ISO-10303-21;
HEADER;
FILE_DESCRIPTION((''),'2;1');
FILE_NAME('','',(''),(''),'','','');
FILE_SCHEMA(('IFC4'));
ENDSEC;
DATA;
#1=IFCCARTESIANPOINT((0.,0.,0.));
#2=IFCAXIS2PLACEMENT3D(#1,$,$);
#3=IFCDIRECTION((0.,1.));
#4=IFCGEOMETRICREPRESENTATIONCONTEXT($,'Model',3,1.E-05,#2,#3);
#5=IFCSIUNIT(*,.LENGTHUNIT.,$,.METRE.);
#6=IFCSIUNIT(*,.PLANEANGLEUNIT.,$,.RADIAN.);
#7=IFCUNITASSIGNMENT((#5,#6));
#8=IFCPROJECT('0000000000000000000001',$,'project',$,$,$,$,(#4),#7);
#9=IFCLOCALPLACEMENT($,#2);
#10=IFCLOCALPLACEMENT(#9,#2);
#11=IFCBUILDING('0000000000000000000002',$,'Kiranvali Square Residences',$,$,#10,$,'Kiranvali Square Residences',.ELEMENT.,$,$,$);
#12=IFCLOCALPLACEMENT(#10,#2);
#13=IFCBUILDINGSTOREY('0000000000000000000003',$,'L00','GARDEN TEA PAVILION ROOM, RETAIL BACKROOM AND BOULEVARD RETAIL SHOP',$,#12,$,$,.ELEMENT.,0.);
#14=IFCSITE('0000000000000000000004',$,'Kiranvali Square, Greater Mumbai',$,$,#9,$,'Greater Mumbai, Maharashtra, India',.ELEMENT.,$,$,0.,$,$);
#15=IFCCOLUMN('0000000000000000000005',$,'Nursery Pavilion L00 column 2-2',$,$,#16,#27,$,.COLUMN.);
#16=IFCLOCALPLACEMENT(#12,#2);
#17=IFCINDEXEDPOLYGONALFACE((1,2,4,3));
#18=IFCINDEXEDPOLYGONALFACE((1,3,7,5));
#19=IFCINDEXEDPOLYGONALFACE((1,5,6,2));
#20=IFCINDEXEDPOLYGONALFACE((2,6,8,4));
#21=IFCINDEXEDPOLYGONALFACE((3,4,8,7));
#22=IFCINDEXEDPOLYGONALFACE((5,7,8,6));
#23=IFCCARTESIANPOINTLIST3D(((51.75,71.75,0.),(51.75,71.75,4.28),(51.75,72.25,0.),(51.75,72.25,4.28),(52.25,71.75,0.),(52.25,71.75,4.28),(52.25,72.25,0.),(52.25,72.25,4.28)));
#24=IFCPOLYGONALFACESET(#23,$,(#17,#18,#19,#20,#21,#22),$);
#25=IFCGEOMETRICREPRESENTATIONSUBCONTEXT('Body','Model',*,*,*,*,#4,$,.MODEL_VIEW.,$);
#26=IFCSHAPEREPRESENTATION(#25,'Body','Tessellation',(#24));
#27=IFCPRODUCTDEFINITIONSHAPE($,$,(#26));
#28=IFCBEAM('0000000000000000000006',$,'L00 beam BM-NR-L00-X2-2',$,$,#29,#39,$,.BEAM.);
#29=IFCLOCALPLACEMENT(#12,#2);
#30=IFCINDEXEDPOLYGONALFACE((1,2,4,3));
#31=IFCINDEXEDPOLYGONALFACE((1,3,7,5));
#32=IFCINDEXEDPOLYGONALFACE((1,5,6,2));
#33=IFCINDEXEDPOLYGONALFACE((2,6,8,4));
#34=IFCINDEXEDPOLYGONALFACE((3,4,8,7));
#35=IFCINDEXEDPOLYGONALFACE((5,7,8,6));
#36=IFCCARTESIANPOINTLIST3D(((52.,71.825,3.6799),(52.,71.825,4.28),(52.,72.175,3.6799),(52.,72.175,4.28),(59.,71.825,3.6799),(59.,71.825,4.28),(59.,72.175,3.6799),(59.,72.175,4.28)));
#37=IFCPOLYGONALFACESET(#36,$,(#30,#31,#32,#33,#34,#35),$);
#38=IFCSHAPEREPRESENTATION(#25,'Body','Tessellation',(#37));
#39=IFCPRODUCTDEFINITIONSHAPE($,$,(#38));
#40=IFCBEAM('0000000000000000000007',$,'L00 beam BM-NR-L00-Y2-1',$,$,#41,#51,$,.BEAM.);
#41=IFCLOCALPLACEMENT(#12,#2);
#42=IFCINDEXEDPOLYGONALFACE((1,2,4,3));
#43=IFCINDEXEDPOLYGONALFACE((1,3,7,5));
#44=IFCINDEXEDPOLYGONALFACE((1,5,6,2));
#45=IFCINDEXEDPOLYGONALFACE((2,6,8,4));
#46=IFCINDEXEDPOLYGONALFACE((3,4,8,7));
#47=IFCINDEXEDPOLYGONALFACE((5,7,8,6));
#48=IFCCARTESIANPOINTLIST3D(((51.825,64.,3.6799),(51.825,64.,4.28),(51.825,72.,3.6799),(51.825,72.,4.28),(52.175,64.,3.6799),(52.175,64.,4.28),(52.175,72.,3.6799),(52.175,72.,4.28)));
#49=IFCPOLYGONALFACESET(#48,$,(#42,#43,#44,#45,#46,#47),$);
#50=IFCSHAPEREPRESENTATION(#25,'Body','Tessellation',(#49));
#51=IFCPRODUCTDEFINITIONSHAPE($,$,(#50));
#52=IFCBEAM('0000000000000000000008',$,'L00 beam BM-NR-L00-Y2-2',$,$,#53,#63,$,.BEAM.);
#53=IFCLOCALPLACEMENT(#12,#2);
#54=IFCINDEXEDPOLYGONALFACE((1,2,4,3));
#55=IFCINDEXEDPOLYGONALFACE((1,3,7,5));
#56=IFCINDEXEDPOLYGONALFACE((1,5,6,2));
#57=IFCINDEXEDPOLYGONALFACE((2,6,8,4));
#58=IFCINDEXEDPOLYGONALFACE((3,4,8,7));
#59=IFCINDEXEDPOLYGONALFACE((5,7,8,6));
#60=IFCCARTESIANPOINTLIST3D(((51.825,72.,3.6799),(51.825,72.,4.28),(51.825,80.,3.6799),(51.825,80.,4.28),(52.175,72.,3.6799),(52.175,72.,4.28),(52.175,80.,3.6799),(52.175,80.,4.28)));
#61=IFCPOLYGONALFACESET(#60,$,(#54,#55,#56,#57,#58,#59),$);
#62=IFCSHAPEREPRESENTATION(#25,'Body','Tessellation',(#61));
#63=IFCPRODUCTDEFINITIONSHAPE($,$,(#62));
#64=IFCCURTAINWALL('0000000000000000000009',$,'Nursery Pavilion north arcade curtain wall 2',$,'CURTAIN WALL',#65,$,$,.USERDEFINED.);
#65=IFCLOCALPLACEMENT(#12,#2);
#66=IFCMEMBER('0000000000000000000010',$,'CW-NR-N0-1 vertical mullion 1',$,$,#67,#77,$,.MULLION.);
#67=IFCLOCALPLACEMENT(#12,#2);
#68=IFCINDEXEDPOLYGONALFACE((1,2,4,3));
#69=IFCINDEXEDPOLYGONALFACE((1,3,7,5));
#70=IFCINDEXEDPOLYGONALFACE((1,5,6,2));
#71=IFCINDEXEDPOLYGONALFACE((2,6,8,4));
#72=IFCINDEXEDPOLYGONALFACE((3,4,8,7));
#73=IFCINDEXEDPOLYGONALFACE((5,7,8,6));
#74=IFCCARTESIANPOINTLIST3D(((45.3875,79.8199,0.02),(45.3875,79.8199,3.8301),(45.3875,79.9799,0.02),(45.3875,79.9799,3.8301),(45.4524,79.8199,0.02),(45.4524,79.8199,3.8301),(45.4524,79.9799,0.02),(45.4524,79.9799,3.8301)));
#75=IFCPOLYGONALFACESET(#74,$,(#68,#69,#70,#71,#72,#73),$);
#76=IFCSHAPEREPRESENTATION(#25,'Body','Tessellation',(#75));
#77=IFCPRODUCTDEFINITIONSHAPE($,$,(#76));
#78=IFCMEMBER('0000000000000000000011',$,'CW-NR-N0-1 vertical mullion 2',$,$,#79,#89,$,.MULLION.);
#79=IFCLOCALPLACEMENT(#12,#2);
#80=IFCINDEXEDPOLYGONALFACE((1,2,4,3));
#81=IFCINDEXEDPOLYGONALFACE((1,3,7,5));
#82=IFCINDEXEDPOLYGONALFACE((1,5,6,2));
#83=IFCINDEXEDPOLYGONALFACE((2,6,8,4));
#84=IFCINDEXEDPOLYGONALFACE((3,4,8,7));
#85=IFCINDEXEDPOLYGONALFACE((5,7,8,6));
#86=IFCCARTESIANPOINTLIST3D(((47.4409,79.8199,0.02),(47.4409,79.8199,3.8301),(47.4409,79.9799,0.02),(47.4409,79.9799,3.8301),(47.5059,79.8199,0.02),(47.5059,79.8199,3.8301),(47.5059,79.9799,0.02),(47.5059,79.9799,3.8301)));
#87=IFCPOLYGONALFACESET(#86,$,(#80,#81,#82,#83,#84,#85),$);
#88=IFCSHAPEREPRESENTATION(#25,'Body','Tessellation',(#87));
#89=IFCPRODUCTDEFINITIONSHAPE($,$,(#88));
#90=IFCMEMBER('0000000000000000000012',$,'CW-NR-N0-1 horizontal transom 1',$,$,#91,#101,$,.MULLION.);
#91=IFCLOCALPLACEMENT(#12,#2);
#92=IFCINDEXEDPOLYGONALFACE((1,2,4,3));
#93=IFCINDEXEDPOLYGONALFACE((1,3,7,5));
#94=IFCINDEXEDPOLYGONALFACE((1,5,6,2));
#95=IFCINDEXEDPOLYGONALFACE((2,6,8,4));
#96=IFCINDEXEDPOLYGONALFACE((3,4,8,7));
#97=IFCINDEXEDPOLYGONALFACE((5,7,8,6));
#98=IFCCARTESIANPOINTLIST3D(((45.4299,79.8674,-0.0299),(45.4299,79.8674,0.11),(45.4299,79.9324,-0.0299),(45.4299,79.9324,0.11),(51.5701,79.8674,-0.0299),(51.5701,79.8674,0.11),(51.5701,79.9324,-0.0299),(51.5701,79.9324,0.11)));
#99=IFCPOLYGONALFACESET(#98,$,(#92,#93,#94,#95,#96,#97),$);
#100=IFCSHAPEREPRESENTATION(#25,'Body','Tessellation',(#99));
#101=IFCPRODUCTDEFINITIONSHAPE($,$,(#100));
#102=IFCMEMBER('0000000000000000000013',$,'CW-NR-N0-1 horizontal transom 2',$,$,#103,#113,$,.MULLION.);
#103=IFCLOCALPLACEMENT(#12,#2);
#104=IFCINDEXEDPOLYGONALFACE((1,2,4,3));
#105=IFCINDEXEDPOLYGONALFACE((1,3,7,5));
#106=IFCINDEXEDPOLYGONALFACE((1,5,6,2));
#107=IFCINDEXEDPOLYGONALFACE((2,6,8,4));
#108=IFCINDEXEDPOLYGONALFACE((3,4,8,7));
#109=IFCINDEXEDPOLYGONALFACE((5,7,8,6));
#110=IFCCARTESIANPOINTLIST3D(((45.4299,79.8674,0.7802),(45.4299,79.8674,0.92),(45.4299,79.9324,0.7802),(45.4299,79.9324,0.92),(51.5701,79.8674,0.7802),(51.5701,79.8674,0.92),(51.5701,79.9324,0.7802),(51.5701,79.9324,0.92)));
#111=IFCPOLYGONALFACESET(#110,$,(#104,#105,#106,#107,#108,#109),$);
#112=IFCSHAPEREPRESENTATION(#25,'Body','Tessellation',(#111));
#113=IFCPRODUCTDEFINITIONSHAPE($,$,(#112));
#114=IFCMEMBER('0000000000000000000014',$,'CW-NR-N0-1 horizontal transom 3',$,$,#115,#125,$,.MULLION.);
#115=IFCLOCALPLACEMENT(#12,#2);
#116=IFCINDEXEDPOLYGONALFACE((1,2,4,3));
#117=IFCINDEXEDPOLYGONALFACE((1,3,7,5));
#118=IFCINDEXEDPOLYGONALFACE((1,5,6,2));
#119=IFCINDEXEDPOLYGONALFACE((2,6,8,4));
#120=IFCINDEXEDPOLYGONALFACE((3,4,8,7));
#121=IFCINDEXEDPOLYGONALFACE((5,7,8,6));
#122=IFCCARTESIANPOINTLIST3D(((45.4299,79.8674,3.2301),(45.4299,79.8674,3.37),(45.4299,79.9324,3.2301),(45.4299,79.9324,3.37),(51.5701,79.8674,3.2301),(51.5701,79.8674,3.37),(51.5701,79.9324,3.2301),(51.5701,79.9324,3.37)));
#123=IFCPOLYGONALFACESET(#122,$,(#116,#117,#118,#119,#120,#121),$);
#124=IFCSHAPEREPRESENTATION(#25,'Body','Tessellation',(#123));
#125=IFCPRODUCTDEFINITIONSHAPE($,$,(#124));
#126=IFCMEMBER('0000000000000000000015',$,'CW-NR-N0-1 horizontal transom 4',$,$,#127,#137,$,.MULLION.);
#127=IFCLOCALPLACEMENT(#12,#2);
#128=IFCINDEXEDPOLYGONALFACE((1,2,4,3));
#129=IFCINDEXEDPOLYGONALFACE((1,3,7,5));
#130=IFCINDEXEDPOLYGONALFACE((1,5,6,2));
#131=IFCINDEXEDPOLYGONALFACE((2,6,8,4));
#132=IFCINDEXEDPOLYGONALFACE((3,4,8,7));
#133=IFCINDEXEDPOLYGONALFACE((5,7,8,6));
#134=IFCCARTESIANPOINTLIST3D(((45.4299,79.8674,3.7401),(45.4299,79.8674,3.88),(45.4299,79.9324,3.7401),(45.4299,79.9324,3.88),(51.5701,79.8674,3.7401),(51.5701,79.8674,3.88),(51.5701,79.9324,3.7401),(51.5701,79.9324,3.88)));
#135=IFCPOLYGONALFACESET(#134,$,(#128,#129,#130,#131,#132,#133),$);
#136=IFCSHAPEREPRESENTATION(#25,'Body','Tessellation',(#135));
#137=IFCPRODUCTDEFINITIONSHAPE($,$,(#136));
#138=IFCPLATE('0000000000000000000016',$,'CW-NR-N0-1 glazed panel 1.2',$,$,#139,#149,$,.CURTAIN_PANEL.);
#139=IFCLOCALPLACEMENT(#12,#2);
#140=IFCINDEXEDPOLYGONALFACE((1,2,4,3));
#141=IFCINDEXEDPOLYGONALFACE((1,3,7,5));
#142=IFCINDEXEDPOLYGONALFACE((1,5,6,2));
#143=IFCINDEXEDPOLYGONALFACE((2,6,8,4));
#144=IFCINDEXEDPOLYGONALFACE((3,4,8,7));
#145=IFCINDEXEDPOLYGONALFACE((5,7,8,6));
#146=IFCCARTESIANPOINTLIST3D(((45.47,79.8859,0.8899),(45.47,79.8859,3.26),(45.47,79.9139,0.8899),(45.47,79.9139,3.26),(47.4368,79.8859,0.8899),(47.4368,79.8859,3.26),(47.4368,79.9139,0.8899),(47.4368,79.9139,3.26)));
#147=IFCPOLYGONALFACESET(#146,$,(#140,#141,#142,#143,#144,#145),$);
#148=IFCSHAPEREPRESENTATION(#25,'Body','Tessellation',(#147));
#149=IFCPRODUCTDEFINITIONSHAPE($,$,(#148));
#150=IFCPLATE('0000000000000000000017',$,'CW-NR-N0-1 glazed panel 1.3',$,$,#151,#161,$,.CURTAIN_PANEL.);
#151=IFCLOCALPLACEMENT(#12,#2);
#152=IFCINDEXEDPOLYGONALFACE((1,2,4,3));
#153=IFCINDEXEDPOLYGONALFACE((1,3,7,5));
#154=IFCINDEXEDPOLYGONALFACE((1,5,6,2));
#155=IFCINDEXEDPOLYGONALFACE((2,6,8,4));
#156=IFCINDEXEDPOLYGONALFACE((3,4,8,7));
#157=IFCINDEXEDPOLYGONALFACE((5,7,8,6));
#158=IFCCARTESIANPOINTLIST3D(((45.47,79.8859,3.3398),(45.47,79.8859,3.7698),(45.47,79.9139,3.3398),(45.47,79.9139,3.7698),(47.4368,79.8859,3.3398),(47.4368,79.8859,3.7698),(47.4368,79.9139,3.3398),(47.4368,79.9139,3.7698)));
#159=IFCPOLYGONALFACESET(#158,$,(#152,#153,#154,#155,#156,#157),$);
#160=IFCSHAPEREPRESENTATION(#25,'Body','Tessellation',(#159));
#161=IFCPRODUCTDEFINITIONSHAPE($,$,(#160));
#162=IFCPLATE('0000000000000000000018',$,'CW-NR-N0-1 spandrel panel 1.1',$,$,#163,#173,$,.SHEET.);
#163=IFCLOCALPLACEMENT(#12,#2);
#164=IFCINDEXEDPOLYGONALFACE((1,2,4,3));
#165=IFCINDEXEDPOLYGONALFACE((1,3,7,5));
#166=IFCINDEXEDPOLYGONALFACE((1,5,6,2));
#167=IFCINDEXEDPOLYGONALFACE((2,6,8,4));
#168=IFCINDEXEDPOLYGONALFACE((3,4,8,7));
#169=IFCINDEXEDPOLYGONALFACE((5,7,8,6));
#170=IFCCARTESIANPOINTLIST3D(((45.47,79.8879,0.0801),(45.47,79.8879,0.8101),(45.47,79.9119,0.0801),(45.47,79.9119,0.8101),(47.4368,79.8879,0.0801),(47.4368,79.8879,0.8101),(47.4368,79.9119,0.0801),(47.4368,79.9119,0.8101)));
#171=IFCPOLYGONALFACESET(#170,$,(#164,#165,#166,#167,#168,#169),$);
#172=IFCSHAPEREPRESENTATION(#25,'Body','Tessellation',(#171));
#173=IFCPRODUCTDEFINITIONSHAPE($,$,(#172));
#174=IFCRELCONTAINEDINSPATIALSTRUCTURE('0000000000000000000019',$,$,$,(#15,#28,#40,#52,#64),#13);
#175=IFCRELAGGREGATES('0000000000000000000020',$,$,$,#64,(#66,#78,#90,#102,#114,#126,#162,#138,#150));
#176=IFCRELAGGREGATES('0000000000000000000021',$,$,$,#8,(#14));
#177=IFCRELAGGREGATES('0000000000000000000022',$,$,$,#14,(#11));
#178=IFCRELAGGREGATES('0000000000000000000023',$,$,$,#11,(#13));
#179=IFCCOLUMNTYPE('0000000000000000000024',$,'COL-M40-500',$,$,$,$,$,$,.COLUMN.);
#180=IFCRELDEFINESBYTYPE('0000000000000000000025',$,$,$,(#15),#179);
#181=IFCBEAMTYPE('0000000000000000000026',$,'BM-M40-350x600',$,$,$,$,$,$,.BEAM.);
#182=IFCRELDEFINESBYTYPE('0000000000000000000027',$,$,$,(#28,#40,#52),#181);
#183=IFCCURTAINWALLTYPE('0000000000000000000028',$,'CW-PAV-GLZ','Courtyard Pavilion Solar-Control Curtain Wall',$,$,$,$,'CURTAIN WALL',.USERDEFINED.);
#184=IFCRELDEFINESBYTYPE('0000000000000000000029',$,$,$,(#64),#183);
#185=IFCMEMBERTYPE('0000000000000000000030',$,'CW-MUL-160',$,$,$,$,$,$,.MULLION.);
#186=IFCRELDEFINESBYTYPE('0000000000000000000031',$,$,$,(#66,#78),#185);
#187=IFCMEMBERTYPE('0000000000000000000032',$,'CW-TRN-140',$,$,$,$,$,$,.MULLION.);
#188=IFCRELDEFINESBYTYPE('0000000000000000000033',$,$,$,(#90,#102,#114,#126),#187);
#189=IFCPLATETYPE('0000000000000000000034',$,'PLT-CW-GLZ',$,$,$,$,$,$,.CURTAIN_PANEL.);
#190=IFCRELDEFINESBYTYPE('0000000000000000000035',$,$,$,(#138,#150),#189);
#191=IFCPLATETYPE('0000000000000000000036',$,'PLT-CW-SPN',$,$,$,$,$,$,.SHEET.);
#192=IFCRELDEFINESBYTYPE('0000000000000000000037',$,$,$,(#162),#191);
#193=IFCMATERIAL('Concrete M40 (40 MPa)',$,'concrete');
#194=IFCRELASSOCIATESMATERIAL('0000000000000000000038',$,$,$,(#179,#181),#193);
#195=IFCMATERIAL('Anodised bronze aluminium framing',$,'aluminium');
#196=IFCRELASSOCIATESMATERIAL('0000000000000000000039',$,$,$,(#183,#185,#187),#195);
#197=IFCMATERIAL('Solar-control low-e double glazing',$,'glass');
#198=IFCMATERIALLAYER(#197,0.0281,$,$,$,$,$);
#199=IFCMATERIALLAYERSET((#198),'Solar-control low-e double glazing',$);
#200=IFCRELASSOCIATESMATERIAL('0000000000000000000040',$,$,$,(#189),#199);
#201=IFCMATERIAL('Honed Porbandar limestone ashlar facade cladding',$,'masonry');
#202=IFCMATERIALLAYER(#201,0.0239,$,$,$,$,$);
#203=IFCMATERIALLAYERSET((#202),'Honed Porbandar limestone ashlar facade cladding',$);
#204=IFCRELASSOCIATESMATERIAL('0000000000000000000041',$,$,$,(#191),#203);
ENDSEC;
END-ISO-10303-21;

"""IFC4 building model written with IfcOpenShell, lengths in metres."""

from ifc_helpers import new_model, si_unit, direction, frame, origin, origin_2d, place, context, subcontext, project, spatial, rectangle, extrude, material, layer, layer_set, material_profile, profile_set, type_object, element, aggregate, save


model = new_model("IFC4")

# Units and contexts
model_context = context("Model", 3, precision=1e-05, world=origin(), true_north=direction((0.0, 1.0)))
body_context = subcontext(model_context, "Body", "Model", "MODEL_VIEW")
ifc_project = project(units=[si_unit("LENGTHUNIT", "METRE"), si_unit("PLANEANGLEUNIT", "RADIAN")], contexts=[model_context])

# Site, building, storey
site_placement = place(None, origin())
site = spatial("IfcSite", under=ifc_project, at=site_placement, Name="Kiranvali Square, Greater Mumbai", LongName="Greater Mumbai, Maharashtra, India", CompositionType="ELEMENT", RefElevation=0.0)
building_placement = place(site_placement, origin())
building = spatial("IfcBuilding", under=site, at=building_placement, Name="Kiranvali Square Residences", LongName="Kiranvali Square Residences", CompositionType="ELEMENT")
storey_placement = place(building_placement, origin())
storey = spatial("IfcBuildingStorey", under=building, at=storey_placement, Name="L00", Description="GARDEN TEA PAVILION ROOM, RETAIL BACKROOM AND BOULEVARD RETAIL SHOP", CompositionType="ELEMENT", Elevation=0.0)

# Column
ifc_material_1 = material(Name="Concrete M40 (40 MPa)", Category="concrete")
ifc_material_profile_1 = material_profile(ifc_material_1, rectangle(XDim=0.5, YDim=0.5, at=origin_2d()), Name="RC 500x500")
ifc_profile_set_1 = profile_set([ifc_material_profile_1], Name="Concrete M40 (40 MPa)")
column_type = type_object("IfcColumnType", Name="COL-M40-500", PredefinedType="COLUMN", material=ifc_profile_set_1)
column_placement = place(storey_placement, frame((52.0, 72.0, 0.0), z_axis=(0.0, 0.0, 1.0), x_axis=(1.0, 0.0, 0.0)))
element("IfcColumn", 1, at=column_placement, inside=storey, type_object=column_type, Name="Nursery Pavilion L00 column 2-2", PredefinedType="COLUMN", context=body_context, shape_type="SweptSolid", body=[
    extrude(rectangle(XDim=0.5, YDim=0.5, at=origin_2d()), origin(), (0.0, 0.0, 1.0), 4.28),
])

# Beams
ifc_material_profile_2 = material_profile(ifc_material_1, rectangle(XDim=0.3501, YDim=0.6001, at=origin_2d()), Name="RC 350x600")
ifc_profile_set_2 = profile_set([ifc_material_profile_2], Name="Concrete M40 (40 MPa)")
beam_type = type_object("IfcBeamType", Name="BM-M40-350x600", PredefinedType="BEAM", material=ifc_profile_set_2)
beam_placement = place(storey_placement, frame((52.0, 72.0, 3.98), z_axis=(1.0, 0.0, 0.0), x_axis=(0.0, 1.0, 0.0)))
element("IfcBeam", 2, at=beam_placement, inside=storey, type_object=beam_type, Name="L00 beam BM-NR-L00-X2-2", PredefinedType="BEAM", context=body_context, shape_type="SweptSolid", body=[
    extrude(rectangle(XDim=0.3501, YDim=0.6001, at=origin_2d()), origin(), (0.0, 0.0, 1.0), 7.0),
])
for number, where, z_axis, x_axis, name in (
    (3, (52.0, 64.0, 3.98), (0.0, 1.0, 0.0), (-1.0, 0.0, 0.0), "L00 beam BM-NR-L00-Y2-1"),
    (4, (52.0, 72.0, 3.98), (0.0, 1.0, 0.0), (-1.0, 0.0, 0.0), "L00 beam BM-NR-L00-Y2-2"),
):
    element("IfcBeam", number, at=place(storey_placement, frame(where, z_axis=z_axis, x_axis=x_axis)), inside=storey, type_object=beam_type, Name=name, PredefinedType="BEAM", context=body_context, shape_type="SweptSolid", body=[
        extrude(rectangle(XDim=0.3501, YDim=0.6001, at=origin_2d()), origin(), (0.0, 0.0, 1.0), 8.0),
    ])

# Curtain wall, members, plates
ifc_material_2 = material(Name="Anodised bronze aluminium framing", Category="aluminium")
curtain_wall_type = type_object("IfcCurtainWallType", Name="CW-PAV-GLZ", Description="Courtyard Pavilion Solar-Control Curtain Wall", ElementType="CURTAIN WALL", PredefinedType="USERDEFINED", material=ifc_material_2)
curtain_wall_placement = place(storey_placement, origin())
curtain_wall = element("IfcCurtainWall", 5, at=curtain_wall_placement, inside=storey, type_object=curtain_wall_type, Name="Nursery Pavilion north arcade curtain wall 2", ObjectType="CURTAIN WALL", PredefinedType="USERDEFINED")
ifc_material_profile_3 = material_profile(ifc_material_2, rectangle(XDim=0.0649, YDim=0.1599, at=origin_2d()), Name="ALU 65x160")
ifc_profile_set_3 = profile_set([ifc_material_profile_3], Name="Anodised bronze aluminium framing")
member_type_1 = type_object("IfcMemberType", Name="CW-MUL-160", PredefinedType="MULLION", material=ifc_profile_set_3)
member_1_placement = place(storey_placement, frame((45.4199, 79.8999, 0.02), z_axis=(0.0, 0.0, 1.0), x_axis=(1.0, 0.0, 0.0)))
member_1 = element("IfcMember", 6, at=member_1_placement, type_object=member_type_1, Name="CW-NR-N0-1 vertical mullion 1", PredefinedType="MULLION", context=body_context, shape_type="SweptSolid", body=[
    extrude(rectangle(XDim=0.0649, YDim=0.1599, at=origin_2d()), origin(), (0.0, 0.0, 1.0), 3.8101),
])
member_2_placement = place(storey_placement, frame((47.4734, 79.8999, 0.02), z_axis=(0.0, 0.0, 1.0), x_axis=(1.0, 0.0, 0.0)))
member_2 = element("IfcMember", 7, at=member_2_placement, type_object=member_type_1, Name="CW-NR-N0-1 vertical mullion 2", PredefinedType="MULLION", context=body_context, shape_type="SweptSolid", body=[
    extrude(rectangle(XDim=0.0649, YDim=0.1599, at=origin_2d()), origin(), (0.0, 0.0, 1.0), 3.8101),
])
ifc_material_profile_4 = material_profile(ifc_material_2, rectangle(XDim=0.0649, YDim=0.1399, at=origin_2d()), Name="ALU 65x140")
ifc_profile_set_4 = profile_set([ifc_material_profile_4], Name="Anodised bronze aluminium framing")
member_type_2 = type_object("IfcMemberType", Name="CW-TRN-140", PredefinedType="MULLION", material=ifc_profile_set_4)
member_3_placement = place(storey_placement, frame((45.4299, 79.8999, 0.04), z_axis=(1.0, 0.0, 0.0), x_axis=(0.0, 1.0, 0.0)))
member_3 = element("IfcMember", 8, at=member_3_placement, type_object=member_type_2, Name="CW-NR-N0-1 horizontal transom 1", PredefinedType="MULLION", context=body_context, shape_type="SweptSolid", body=[
    extrude(rectangle(XDim=0.0649, YDim=0.1399, at=origin_2d()), origin(), (0.0, 0.0, 1.0), 6.1401),
])
member_4_placement = place(storey_placement, frame((45.4299, 79.8999, 0.8501), z_axis=(1.0, 0.0, 0.0), x_axis=(0.0, 1.0, 0.0)))
member_4 = element("IfcMember", 9, at=member_4_placement, type_object=member_type_2, Name="CW-NR-N0-1 horizontal transom 2", PredefinedType="MULLION", context=body_context, shape_type="SweptSolid", body=[
    extrude(rectangle(XDim=0.0649, YDim=0.1399, at=origin_2d()), origin(), (0.0, 0.0, 1.0), 6.1401),
])
member_5_placement = place(storey_placement, frame((45.4299, 79.8999, 3.3), z_axis=(1.0, 0.0, 0.0), x_axis=(0.0, 1.0, 0.0)))
member_5 = element("IfcMember", 10, at=member_5_placement, type_object=member_type_2, Name="CW-NR-N0-1 horizontal transom 3", PredefinedType="MULLION", context=body_context, shape_type="SweptSolid", body=[
    extrude(rectangle(XDim=0.0649, YDim=0.1399, at=origin_2d()), origin(), (0.0, 0.0, 1.0), 6.1401),
])
member_6_placement = place(storey_placement, frame((45.4299, 79.8999, 3.8101), z_axis=(1.0, 0.0, 0.0), x_axis=(0.0, 1.0, 0.0)))
member_6 = element("IfcMember", 11, at=member_6_placement, type_object=member_type_2, Name="CW-NR-N0-1 horizontal transom 4", PredefinedType="MULLION", context=body_context, shape_type="SweptSolid", body=[
    extrude(rectangle(XDim=0.0649, YDim=0.1399, at=origin_2d()), origin(), (0.0, 0.0, 1.0), 6.1401),
])
ifc_material_3 = material(Name="Solar-control low-e double glazing", Category="glass")
ifc_layer_1 = layer(ifc_material_3, 0.0281)
ifc_layer_set_1 = layer_set([ifc_layer_1], Name="Solar-control low-e double glazing")
plate_type_1 = type_object("IfcPlateType", Name="PLT-CW-GLZ", PredefinedType="CURTAIN_PANEL", material=ifc_layer_set_1)
plate_1_placement = place(storey_placement, frame((46.4534, 79.8999, 0.8899), z_axis=(0.0, 0.0, 1.0), x_axis=(1.0, 0.0, 0.0)))
plate_1 = element("IfcPlate", 12, at=plate_1_placement, type_object=plate_type_1, Name="CW-NR-N0-1 glazed panel 1.2", PredefinedType="CURTAIN_PANEL", context=body_context, shape_type="SweptSolid", body=[
    extrude(rectangle(XDim=1.9668, YDim=0.0281, at=origin_2d()), origin(), (0.0, 0.0, 1.0), 2.3701),
])
plate_2_placement = place(storey_placement, frame((46.4534, 79.8999, 3.3398), z_axis=(0.0, 0.0, 1.0), x_axis=(1.0, 0.0, 0.0)))
plate_2 = element("IfcPlate", 13, at=plate_2_placement, type_object=plate_type_1, Name="CW-NR-N0-1 glazed panel 1.3", PredefinedType="CURTAIN_PANEL", context=body_context, shape_type="SweptSolid", body=[
    extrude(rectangle(XDim=1.9668, YDim=0.0281, at=origin_2d()), origin(), (0.0, 0.0, 1.0), 0.4299),
])
ifc_material_4 = material(Name="Honed Porbandar limestone ashlar facade cladding", Category="masonry")
ifc_layer_2 = layer(ifc_material_4, 0.0239)
ifc_layer_set_2 = layer_set([ifc_layer_2], Name="Honed Porbandar limestone ashlar facade cladding")
plate_type_2 = type_object("IfcPlateType", Name="PLT-CW-SPN", PredefinedType="SHEET", material=ifc_layer_set_2)
plate_3_placement = place(storey_placement, frame((46.4534, 79.8999, 0.0801), z_axis=(0.0, 0.0, 1.0), x_axis=(1.0, 0.0, 0.0)))
plate_3 = element("IfcPlate", 14, at=plate_3_placement, type_object=plate_type_2, Name="CW-NR-N0-1 spandrel panel 1.1", PredefinedType="SHEET", context=body_context, shape_type="SweptSolid", body=[
    extrude(rectangle(XDim=1.9668, YDim=0.0239, at=origin_2d()), origin(), (0.0, 0.0, 1.0), 0.73),
])
aggregate(curtain_wall, [member_1, member_2, member_3, member_4, member_5, member_6, plate_3, plate_1, plate_2])

save(model, "model.ifc")
